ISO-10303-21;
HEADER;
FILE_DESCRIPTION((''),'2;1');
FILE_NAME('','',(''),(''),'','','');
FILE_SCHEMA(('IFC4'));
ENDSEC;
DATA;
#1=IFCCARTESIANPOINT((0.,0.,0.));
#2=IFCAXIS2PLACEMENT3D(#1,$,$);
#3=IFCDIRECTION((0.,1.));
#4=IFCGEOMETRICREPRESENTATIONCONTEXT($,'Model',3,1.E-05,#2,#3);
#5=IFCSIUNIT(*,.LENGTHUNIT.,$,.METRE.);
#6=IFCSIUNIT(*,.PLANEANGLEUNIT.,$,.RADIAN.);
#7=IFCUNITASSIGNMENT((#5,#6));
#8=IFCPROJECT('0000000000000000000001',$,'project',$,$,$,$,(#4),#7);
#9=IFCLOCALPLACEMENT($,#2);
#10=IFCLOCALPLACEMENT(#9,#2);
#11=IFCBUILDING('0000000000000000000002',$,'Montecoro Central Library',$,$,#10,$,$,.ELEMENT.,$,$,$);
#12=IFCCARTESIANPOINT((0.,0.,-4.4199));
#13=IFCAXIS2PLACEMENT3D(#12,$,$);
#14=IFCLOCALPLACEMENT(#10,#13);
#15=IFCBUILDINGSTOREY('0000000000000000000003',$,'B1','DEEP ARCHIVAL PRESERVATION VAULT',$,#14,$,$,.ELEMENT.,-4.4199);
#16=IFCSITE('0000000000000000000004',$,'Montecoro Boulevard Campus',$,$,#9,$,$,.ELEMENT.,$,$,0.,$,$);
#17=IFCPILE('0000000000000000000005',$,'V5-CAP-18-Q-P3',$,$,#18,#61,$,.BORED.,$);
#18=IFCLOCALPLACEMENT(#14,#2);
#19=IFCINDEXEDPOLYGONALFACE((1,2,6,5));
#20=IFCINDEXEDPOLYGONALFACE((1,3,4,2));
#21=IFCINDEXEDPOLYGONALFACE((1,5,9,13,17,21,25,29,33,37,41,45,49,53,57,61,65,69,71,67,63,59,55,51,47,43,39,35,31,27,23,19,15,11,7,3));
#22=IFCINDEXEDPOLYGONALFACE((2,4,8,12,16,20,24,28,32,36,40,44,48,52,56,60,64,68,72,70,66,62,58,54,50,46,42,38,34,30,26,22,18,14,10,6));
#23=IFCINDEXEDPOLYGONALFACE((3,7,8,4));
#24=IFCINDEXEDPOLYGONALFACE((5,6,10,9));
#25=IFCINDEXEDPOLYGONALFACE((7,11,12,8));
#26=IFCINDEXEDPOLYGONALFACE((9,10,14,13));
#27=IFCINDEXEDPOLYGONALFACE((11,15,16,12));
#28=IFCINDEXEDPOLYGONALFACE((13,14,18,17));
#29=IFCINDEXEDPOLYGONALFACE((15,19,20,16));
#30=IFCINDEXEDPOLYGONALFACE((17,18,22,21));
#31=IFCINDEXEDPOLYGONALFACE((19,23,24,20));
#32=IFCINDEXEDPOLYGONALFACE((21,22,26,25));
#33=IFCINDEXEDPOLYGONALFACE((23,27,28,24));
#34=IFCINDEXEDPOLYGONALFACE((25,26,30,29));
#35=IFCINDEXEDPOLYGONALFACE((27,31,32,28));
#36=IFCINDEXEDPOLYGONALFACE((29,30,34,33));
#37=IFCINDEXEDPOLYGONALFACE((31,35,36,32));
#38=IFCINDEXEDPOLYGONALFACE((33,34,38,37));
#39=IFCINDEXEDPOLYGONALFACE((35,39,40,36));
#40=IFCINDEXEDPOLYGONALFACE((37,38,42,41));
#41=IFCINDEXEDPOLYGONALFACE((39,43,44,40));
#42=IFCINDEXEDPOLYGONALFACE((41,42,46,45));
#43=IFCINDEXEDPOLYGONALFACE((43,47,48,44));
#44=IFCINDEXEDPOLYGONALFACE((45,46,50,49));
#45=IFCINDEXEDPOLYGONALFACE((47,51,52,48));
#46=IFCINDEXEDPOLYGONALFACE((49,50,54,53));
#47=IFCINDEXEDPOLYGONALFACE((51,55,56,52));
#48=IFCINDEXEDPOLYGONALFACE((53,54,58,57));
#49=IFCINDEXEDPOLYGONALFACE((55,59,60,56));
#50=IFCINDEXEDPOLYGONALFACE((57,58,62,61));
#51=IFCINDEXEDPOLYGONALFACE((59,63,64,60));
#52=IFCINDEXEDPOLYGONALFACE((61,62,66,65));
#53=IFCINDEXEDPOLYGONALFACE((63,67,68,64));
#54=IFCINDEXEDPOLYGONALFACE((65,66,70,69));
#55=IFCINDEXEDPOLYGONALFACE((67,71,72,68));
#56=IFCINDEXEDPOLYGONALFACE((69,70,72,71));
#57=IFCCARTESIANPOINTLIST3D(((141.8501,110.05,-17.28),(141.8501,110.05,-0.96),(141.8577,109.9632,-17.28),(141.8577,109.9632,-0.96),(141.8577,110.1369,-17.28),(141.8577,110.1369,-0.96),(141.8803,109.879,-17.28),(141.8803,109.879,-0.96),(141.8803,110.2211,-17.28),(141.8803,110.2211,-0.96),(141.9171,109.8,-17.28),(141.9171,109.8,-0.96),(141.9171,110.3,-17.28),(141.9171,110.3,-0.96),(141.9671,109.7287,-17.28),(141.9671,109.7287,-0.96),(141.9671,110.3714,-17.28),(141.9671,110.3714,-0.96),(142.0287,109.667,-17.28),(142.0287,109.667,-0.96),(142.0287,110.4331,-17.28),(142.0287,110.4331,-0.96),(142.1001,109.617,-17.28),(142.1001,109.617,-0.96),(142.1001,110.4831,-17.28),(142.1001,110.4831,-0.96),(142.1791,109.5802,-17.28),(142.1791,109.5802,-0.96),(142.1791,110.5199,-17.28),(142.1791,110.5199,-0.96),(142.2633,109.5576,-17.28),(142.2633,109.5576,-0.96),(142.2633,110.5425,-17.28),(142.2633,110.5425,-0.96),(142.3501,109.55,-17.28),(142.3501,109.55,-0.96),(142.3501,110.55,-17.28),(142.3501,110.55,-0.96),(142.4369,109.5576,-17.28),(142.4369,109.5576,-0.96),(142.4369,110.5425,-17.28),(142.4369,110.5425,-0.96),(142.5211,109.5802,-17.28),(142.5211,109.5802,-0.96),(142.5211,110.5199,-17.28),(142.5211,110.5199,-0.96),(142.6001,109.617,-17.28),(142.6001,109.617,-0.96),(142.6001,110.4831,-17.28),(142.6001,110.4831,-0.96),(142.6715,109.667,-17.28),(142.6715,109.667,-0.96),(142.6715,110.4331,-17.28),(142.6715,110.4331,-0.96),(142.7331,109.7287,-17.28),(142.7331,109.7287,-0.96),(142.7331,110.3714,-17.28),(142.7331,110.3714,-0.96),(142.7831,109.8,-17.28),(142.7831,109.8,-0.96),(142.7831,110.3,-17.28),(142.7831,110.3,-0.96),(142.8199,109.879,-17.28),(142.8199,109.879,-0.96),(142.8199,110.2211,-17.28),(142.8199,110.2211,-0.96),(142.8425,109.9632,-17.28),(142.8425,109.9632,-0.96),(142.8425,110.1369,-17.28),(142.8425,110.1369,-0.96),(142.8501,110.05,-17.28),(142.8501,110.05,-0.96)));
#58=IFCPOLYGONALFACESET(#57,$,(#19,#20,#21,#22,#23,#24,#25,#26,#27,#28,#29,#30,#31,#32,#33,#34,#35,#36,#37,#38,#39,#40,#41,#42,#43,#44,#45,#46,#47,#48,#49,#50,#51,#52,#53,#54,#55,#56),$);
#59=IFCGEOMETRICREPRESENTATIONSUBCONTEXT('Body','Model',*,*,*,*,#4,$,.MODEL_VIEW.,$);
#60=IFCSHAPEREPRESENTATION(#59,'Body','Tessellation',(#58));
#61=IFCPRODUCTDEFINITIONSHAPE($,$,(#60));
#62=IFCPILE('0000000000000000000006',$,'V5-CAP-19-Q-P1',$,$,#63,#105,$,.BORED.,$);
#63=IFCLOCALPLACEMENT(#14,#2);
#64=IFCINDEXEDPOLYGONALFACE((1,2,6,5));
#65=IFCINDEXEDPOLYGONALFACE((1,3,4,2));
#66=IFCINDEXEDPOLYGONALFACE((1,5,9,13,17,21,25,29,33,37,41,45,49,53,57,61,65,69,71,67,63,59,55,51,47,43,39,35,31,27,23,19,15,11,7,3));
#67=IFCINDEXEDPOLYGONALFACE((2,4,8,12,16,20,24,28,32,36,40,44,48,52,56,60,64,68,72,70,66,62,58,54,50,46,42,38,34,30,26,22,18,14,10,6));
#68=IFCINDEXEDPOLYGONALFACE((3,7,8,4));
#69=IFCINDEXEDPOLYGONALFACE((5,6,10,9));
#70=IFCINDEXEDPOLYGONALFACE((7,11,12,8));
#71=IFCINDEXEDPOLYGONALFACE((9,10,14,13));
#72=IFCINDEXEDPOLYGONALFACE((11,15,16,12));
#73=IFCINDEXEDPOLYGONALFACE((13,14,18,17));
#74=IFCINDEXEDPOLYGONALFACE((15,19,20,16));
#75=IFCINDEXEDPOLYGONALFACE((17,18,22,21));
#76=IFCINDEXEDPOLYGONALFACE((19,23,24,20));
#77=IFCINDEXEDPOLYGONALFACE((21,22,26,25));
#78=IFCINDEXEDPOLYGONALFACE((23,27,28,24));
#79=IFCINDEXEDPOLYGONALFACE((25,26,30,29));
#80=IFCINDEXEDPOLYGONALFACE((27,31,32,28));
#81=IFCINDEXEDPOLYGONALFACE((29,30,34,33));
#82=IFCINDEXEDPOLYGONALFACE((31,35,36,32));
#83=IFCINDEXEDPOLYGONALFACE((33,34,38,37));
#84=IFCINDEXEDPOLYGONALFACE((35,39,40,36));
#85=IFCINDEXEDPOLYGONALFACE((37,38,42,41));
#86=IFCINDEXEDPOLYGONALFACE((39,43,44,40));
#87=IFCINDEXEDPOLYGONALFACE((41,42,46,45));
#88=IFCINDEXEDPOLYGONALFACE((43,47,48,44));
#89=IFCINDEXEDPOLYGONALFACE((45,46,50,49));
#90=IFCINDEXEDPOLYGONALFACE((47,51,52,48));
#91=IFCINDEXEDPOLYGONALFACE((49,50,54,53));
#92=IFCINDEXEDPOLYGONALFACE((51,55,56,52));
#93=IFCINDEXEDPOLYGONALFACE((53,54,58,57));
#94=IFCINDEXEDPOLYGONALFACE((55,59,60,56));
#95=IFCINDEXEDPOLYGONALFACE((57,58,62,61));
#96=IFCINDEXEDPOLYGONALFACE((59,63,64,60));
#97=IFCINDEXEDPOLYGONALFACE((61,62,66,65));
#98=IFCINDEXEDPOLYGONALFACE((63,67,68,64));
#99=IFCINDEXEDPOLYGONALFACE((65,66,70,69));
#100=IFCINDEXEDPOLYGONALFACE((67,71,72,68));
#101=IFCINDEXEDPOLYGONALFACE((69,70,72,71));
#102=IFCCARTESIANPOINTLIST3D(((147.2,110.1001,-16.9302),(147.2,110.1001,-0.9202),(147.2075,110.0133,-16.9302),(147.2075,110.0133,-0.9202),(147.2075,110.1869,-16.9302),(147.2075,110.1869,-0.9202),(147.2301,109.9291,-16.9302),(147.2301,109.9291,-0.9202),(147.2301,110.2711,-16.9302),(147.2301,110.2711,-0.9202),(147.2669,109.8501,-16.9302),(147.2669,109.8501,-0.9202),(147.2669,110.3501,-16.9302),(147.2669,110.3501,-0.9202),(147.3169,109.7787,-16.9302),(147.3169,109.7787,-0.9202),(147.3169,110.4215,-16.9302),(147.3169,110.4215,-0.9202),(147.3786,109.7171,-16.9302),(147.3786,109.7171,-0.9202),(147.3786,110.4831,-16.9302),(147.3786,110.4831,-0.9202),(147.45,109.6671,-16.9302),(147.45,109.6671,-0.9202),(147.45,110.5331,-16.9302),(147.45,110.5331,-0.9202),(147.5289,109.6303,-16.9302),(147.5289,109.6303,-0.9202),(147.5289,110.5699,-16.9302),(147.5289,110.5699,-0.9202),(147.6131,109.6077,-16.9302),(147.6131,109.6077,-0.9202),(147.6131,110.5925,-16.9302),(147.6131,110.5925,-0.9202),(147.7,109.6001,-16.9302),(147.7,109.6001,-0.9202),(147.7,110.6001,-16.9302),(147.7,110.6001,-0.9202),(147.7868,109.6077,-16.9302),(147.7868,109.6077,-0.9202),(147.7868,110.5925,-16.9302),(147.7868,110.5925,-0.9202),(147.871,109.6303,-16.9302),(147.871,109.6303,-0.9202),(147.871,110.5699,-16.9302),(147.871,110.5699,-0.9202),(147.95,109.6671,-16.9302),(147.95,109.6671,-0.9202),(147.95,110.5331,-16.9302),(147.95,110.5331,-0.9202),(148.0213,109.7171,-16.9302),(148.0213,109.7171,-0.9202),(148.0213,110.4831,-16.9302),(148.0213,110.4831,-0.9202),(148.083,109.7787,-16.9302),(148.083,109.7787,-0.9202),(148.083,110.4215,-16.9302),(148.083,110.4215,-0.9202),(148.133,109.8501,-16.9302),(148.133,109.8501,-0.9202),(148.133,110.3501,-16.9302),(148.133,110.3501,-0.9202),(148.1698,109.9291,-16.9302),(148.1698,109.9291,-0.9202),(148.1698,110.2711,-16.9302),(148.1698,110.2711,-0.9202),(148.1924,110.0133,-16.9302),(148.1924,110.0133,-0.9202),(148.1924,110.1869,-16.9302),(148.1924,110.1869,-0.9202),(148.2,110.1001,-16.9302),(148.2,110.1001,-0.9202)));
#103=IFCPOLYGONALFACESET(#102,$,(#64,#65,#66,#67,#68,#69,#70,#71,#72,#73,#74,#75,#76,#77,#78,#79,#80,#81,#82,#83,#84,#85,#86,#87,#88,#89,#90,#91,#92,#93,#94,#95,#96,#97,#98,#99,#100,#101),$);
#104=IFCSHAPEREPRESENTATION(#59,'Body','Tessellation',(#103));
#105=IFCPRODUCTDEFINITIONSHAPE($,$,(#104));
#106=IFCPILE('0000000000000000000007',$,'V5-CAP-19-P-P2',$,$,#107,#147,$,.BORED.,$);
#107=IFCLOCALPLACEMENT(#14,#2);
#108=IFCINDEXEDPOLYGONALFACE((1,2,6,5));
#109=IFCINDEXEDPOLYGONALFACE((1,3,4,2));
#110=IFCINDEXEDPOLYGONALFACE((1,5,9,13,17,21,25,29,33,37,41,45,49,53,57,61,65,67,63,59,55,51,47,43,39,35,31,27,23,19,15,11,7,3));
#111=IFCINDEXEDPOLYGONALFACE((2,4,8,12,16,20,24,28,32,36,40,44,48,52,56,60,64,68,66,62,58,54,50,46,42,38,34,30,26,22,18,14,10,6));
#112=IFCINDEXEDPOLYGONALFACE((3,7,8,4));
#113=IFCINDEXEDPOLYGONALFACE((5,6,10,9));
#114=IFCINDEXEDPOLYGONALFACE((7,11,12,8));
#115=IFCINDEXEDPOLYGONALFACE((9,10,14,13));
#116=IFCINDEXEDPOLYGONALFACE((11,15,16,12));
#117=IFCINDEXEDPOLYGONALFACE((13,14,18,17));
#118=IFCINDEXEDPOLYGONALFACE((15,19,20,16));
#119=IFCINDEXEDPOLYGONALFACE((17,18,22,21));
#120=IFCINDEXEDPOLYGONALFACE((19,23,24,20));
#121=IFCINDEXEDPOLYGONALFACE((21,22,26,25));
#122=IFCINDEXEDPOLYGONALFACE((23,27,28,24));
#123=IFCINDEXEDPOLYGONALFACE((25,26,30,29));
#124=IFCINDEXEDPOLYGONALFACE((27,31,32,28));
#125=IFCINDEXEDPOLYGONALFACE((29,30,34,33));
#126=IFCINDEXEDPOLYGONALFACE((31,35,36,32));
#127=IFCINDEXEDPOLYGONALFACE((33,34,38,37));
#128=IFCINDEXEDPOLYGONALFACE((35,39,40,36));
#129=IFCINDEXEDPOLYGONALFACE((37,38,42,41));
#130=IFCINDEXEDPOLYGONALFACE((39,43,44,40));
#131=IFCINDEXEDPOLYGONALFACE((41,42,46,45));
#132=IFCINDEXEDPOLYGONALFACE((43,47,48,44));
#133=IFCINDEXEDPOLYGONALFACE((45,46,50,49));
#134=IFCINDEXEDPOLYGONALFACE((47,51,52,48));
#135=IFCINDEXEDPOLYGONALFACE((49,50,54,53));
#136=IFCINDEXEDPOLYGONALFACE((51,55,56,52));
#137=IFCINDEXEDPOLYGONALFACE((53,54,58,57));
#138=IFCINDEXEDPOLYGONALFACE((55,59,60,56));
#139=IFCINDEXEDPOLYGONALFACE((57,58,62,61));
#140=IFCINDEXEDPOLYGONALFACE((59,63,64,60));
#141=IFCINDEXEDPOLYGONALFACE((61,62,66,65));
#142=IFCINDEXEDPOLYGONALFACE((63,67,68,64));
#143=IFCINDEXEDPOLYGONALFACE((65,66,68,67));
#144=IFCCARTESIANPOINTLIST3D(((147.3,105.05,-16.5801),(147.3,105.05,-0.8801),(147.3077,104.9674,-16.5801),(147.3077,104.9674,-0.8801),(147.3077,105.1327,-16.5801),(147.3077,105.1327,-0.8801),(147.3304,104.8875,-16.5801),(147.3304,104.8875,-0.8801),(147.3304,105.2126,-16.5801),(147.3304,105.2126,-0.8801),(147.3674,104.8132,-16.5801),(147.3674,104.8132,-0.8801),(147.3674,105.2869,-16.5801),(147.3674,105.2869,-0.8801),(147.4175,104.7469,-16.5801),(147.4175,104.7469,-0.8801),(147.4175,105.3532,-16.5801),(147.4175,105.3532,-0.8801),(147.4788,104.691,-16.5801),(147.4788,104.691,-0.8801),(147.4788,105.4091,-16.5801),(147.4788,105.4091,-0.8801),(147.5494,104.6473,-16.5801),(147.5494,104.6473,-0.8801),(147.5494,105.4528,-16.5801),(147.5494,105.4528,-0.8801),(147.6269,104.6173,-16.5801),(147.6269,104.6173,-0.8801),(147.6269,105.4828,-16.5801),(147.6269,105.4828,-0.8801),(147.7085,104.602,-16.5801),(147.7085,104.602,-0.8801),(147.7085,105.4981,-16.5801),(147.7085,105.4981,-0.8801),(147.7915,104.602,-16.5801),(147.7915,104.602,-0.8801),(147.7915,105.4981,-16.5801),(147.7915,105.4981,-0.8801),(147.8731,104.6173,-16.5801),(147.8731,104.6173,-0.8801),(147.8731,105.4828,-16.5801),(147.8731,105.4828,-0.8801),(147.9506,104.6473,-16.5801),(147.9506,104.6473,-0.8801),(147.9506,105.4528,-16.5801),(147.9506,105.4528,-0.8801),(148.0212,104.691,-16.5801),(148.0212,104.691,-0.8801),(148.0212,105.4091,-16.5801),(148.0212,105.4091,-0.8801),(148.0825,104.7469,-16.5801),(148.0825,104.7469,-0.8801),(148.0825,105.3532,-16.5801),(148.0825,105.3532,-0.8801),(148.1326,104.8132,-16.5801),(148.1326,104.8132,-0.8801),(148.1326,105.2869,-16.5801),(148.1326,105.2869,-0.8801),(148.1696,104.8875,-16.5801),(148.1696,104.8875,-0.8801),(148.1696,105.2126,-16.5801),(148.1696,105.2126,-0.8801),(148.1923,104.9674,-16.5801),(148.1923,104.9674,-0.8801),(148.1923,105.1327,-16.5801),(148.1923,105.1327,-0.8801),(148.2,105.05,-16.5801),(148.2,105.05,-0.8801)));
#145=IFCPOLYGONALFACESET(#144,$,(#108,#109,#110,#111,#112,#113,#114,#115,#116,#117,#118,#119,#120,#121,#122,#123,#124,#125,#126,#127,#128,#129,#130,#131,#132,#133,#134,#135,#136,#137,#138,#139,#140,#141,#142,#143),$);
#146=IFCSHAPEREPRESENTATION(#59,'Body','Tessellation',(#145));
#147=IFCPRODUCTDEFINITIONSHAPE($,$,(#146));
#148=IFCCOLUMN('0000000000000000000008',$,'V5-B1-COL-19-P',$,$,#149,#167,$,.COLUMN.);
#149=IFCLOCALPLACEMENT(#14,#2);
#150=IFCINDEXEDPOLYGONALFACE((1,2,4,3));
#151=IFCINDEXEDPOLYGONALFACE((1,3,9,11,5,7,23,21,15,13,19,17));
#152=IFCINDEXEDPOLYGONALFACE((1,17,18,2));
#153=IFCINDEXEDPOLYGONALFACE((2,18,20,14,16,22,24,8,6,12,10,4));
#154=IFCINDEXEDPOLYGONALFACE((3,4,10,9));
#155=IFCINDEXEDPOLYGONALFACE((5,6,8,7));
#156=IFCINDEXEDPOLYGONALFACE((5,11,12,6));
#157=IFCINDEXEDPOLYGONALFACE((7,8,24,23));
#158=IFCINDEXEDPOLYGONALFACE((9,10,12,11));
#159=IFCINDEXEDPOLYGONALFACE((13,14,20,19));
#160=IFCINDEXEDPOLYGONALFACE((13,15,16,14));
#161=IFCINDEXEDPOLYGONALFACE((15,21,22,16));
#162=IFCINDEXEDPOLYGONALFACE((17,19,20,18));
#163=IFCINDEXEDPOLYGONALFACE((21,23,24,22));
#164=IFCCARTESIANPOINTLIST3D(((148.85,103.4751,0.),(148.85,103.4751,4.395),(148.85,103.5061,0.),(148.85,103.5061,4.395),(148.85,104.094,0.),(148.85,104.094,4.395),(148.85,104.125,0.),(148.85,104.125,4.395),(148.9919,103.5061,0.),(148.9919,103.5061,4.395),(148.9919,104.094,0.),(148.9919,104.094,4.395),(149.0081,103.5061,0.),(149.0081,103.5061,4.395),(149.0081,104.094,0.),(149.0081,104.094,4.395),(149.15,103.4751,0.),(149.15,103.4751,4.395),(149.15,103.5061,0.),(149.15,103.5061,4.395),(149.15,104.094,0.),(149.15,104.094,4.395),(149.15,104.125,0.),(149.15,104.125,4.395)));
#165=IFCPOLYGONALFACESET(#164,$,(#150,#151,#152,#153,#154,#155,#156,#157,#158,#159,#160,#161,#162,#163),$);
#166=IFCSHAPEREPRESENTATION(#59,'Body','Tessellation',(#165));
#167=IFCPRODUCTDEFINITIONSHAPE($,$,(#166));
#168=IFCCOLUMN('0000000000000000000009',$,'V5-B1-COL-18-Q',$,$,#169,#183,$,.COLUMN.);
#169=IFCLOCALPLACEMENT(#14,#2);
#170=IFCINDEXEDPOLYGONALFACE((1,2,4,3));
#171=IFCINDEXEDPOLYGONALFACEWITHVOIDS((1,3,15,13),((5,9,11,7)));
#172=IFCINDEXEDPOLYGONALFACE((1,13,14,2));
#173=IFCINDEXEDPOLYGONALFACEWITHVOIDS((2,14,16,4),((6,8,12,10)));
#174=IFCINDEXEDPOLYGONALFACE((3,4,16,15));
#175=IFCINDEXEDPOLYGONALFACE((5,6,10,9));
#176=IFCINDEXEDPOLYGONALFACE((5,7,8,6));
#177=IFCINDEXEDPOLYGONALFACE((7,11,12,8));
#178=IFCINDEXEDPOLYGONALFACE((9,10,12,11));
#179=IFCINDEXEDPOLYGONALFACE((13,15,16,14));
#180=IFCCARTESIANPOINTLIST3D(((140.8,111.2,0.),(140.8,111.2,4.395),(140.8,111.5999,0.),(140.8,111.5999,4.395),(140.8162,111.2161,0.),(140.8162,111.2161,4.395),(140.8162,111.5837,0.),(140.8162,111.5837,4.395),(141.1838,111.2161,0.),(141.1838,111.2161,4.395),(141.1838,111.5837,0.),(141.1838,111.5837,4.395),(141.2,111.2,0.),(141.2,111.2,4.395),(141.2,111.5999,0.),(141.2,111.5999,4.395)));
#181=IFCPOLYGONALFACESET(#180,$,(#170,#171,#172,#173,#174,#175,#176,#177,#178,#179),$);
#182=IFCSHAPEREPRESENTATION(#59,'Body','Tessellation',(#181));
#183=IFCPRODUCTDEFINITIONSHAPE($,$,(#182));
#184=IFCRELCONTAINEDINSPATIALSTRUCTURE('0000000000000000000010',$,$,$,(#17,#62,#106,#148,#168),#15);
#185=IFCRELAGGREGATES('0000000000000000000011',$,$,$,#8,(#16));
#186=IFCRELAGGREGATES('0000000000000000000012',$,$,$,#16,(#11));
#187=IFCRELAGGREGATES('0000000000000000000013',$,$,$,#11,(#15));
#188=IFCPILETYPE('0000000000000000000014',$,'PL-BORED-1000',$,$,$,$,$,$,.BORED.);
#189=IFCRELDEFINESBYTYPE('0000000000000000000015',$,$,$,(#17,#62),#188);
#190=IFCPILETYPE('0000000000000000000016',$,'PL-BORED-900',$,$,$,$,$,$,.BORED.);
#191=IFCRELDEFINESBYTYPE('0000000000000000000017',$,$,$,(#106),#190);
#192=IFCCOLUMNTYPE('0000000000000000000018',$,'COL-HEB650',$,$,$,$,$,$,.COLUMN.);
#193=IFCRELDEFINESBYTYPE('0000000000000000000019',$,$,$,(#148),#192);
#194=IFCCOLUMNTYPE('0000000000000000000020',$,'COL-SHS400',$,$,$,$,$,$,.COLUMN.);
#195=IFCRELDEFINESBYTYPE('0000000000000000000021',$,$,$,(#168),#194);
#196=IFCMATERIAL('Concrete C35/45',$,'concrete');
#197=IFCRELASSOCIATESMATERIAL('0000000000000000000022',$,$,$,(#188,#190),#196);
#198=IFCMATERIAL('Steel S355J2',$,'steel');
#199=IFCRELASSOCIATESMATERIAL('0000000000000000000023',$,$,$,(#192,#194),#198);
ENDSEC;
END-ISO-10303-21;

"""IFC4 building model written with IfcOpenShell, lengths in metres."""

from ifc_helpers import new_model, si_unit, direction, frame, origin, origin_2d, place, context, subcontext, project, spatial, hollow_rectangle, circle, i_section, extrude, material, material_profile, profile_set, type_object, element, save


model = new_model("IFC4")

# Units and contexts
model_context = context("Model", 3, precision=1e-05, world=origin(), true_north=direction((0.0, 1.0)))
body_context = subcontext(model_context, "Body", "Model", "MODEL_VIEW")
ifc_project = project(units=[si_unit("LENGTHUNIT", "METRE"), si_unit("PLANEANGLEUNIT", "RADIAN")], contexts=[model_context])

# Site, building, storey
site_placement = place(None, origin())
site = spatial("IfcSite", under=ifc_project, at=site_placement, Name="Montecoro Boulevard Campus", CompositionType="ELEMENT", RefElevation=0.0)
building_placement = place(site_placement, origin())
building = spatial("IfcBuilding", under=site, at=building_placement, Name="Montecoro Central Library", CompositionType="ELEMENT")
storey_placement = place(building_placement, frame((0.0, 0.0, -4.4199)))
storey = spatial("IfcBuildingStorey", under=building, at=storey_placement, Name="B1", Description="DEEP ARCHIVAL PRESERVATION VAULT", CompositionType="ELEMENT", Elevation=-4.4199)

# Shared definitions
ifc_material_1 = material(Name="Concrete C35/45", Category="concrete")

# Piles
ifc_material_profile_1 = material_profile(ifc_material_1, circle(Radius=0.5, at=origin_2d()), Name="PILE D1000")
ifc_profile_set_1 = profile_set([ifc_material_profile_1], Name="Concrete C35/45")
pile_type_1 = type_object("IfcPileType", Name="PL-BORED-1000", PredefinedType="BORED", material=ifc_profile_set_1)
pile_1_placement = place(storey_placement, frame((142.3501, 110.05, -0.96), z_axis=(0.0, 0.0, -1.0), x_axis=(1.0, 0.0, 0.0)))
element("IfcPile", 1, at=pile_1_placement, inside=storey, type_object=pile_type_1, Name="V5-CAP-18-Q-P3", PredefinedType="BORED", context=body_context, shape_type="SweptSolid", body=[
    extrude(circle(Radius=0.5, at=origin_2d()), origin(), (0.0, 0.0, 1.0), 16.3201),
])
pile_2_placement = place(storey_placement, frame((147.7, 110.1001, -0.9202), z_axis=(0.0, 0.0, -1.0), x_axis=(1.0, 0.0, 0.0)))
element("IfcPile", 2, at=pile_2_placement, inside=storey, type_object=pile_type_1, Name="V5-CAP-19-Q-P1", PredefinedType="BORED", context=body_context, shape_type="SweptSolid", body=[
    extrude(circle(Radius=0.5, at=origin_2d()), origin(), (0.0, 0.0, 1.0), 16.01),
])
ifc_material_profile_2 = material_profile(ifc_material_1, circle(Radius=0.45, at=origin_2d()), Name="PILE D900")
ifc_profile_set_2 = profile_set([ifc_material_profile_2], Name="Concrete C35/45")
pile_type_2 = type_object("IfcPileType", Name="PL-BORED-900", PredefinedType="BORED", material=ifc_profile_set_2)
pile_3_placement = place(storey_placement, frame((147.75, 105.05, -0.8801), z_axis=(0.0, 0.0, -1.0), x_axis=(1.0, 0.0, 0.0)))
element("IfcPile", 3, at=pile_3_placement, inside=storey, type_object=pile_type_2, Name="V5-CAP-19-P-P2", PredefinedType="BORED", context=body_context, shape_type="SweptSolid", body=[
    extrude(circle(Radius=0.45, at=origin_2d()), origin(), (0.0, 0.0, 1.0), 15.7),
])

# Columns
ifc_material_2 = material(Name="Steel S355J2", Category="steel")
ifc_material_profile_3 = material_profile(ifc_material_2, i_section(OverallWidth=0.3, OverallDepth=0.6499, WebThickness=0.0161, FlangeThickness=0.031, at=origin_2d()), Name="HEB 650")
ifc_profile_set_3 = profile_set([ifc_material_profile_3], Name="Steel S355J2")
column_type_1 = type_object("IfcColumnType", Name="COL-HEB650", PredefinedType="COLUMN", material=ifc_profile_set_3)
column_1_placement = place(storey_placement, frame((149.0, 103.8, 0.0), z_axis=(0.0, 0.0, 1.0), x_axis=(1.0, 0.0, 0.0)))
element("IfcColumn", 4, at=column_1_placement, inside=storey, type_object=column_type_1, Name="V5-B1-COL-19-P", PredefinedType="COLUMN", context=body_context, shape_type="SweptSolid", body=[
    extrude(i_section(OverallWidth=0.3, OverallDepth=0.6499, WebThickness=0.0161, FlangeThickness=0.031, at=origin_2d()), origin(), (0.0, 0.0, 1.0), 4.395),
])
ifc_material_profile_4 = material_profile(ifc_material_2, hollow_rectangle(XDim=0.3999, YDim=0.3999, WallThickness=0.0161, at=origin_2d()), Name="SHS 400x400x16.0")
ifc_profile_set_4 = profile_set([ifc_material_profile_4], Name="Steel S355J2")
column_type_2 = type_object("IfcColumnType", Name="COL-SHS400", PredefinedType="COLUMN", material=ifc_profile_set_4)
column_2_placement = place(storey_placement, frame((141.0, 111.3999, 0.0), z_axis=(0.0, 0.0, 1.0), x_axis=(1.0, 0.0, 0.0)))
element("IfcColumn", 5, at=column_2_placement, inside=storey, type_object=column_type_2, Name="V5-B1-COL-18-Q", PredefinedType="COLUMN", context=body_context, shape_type="SweptSolid", body=[
    extrude(hollow_rectangle(XDim=0.3999, YDim=0.3999, WallThickness=0.0161, at=origin_2d()), origin(), (0.0, 0.0, 1.0), 4.395),
])

save(model, "model.ifc")
